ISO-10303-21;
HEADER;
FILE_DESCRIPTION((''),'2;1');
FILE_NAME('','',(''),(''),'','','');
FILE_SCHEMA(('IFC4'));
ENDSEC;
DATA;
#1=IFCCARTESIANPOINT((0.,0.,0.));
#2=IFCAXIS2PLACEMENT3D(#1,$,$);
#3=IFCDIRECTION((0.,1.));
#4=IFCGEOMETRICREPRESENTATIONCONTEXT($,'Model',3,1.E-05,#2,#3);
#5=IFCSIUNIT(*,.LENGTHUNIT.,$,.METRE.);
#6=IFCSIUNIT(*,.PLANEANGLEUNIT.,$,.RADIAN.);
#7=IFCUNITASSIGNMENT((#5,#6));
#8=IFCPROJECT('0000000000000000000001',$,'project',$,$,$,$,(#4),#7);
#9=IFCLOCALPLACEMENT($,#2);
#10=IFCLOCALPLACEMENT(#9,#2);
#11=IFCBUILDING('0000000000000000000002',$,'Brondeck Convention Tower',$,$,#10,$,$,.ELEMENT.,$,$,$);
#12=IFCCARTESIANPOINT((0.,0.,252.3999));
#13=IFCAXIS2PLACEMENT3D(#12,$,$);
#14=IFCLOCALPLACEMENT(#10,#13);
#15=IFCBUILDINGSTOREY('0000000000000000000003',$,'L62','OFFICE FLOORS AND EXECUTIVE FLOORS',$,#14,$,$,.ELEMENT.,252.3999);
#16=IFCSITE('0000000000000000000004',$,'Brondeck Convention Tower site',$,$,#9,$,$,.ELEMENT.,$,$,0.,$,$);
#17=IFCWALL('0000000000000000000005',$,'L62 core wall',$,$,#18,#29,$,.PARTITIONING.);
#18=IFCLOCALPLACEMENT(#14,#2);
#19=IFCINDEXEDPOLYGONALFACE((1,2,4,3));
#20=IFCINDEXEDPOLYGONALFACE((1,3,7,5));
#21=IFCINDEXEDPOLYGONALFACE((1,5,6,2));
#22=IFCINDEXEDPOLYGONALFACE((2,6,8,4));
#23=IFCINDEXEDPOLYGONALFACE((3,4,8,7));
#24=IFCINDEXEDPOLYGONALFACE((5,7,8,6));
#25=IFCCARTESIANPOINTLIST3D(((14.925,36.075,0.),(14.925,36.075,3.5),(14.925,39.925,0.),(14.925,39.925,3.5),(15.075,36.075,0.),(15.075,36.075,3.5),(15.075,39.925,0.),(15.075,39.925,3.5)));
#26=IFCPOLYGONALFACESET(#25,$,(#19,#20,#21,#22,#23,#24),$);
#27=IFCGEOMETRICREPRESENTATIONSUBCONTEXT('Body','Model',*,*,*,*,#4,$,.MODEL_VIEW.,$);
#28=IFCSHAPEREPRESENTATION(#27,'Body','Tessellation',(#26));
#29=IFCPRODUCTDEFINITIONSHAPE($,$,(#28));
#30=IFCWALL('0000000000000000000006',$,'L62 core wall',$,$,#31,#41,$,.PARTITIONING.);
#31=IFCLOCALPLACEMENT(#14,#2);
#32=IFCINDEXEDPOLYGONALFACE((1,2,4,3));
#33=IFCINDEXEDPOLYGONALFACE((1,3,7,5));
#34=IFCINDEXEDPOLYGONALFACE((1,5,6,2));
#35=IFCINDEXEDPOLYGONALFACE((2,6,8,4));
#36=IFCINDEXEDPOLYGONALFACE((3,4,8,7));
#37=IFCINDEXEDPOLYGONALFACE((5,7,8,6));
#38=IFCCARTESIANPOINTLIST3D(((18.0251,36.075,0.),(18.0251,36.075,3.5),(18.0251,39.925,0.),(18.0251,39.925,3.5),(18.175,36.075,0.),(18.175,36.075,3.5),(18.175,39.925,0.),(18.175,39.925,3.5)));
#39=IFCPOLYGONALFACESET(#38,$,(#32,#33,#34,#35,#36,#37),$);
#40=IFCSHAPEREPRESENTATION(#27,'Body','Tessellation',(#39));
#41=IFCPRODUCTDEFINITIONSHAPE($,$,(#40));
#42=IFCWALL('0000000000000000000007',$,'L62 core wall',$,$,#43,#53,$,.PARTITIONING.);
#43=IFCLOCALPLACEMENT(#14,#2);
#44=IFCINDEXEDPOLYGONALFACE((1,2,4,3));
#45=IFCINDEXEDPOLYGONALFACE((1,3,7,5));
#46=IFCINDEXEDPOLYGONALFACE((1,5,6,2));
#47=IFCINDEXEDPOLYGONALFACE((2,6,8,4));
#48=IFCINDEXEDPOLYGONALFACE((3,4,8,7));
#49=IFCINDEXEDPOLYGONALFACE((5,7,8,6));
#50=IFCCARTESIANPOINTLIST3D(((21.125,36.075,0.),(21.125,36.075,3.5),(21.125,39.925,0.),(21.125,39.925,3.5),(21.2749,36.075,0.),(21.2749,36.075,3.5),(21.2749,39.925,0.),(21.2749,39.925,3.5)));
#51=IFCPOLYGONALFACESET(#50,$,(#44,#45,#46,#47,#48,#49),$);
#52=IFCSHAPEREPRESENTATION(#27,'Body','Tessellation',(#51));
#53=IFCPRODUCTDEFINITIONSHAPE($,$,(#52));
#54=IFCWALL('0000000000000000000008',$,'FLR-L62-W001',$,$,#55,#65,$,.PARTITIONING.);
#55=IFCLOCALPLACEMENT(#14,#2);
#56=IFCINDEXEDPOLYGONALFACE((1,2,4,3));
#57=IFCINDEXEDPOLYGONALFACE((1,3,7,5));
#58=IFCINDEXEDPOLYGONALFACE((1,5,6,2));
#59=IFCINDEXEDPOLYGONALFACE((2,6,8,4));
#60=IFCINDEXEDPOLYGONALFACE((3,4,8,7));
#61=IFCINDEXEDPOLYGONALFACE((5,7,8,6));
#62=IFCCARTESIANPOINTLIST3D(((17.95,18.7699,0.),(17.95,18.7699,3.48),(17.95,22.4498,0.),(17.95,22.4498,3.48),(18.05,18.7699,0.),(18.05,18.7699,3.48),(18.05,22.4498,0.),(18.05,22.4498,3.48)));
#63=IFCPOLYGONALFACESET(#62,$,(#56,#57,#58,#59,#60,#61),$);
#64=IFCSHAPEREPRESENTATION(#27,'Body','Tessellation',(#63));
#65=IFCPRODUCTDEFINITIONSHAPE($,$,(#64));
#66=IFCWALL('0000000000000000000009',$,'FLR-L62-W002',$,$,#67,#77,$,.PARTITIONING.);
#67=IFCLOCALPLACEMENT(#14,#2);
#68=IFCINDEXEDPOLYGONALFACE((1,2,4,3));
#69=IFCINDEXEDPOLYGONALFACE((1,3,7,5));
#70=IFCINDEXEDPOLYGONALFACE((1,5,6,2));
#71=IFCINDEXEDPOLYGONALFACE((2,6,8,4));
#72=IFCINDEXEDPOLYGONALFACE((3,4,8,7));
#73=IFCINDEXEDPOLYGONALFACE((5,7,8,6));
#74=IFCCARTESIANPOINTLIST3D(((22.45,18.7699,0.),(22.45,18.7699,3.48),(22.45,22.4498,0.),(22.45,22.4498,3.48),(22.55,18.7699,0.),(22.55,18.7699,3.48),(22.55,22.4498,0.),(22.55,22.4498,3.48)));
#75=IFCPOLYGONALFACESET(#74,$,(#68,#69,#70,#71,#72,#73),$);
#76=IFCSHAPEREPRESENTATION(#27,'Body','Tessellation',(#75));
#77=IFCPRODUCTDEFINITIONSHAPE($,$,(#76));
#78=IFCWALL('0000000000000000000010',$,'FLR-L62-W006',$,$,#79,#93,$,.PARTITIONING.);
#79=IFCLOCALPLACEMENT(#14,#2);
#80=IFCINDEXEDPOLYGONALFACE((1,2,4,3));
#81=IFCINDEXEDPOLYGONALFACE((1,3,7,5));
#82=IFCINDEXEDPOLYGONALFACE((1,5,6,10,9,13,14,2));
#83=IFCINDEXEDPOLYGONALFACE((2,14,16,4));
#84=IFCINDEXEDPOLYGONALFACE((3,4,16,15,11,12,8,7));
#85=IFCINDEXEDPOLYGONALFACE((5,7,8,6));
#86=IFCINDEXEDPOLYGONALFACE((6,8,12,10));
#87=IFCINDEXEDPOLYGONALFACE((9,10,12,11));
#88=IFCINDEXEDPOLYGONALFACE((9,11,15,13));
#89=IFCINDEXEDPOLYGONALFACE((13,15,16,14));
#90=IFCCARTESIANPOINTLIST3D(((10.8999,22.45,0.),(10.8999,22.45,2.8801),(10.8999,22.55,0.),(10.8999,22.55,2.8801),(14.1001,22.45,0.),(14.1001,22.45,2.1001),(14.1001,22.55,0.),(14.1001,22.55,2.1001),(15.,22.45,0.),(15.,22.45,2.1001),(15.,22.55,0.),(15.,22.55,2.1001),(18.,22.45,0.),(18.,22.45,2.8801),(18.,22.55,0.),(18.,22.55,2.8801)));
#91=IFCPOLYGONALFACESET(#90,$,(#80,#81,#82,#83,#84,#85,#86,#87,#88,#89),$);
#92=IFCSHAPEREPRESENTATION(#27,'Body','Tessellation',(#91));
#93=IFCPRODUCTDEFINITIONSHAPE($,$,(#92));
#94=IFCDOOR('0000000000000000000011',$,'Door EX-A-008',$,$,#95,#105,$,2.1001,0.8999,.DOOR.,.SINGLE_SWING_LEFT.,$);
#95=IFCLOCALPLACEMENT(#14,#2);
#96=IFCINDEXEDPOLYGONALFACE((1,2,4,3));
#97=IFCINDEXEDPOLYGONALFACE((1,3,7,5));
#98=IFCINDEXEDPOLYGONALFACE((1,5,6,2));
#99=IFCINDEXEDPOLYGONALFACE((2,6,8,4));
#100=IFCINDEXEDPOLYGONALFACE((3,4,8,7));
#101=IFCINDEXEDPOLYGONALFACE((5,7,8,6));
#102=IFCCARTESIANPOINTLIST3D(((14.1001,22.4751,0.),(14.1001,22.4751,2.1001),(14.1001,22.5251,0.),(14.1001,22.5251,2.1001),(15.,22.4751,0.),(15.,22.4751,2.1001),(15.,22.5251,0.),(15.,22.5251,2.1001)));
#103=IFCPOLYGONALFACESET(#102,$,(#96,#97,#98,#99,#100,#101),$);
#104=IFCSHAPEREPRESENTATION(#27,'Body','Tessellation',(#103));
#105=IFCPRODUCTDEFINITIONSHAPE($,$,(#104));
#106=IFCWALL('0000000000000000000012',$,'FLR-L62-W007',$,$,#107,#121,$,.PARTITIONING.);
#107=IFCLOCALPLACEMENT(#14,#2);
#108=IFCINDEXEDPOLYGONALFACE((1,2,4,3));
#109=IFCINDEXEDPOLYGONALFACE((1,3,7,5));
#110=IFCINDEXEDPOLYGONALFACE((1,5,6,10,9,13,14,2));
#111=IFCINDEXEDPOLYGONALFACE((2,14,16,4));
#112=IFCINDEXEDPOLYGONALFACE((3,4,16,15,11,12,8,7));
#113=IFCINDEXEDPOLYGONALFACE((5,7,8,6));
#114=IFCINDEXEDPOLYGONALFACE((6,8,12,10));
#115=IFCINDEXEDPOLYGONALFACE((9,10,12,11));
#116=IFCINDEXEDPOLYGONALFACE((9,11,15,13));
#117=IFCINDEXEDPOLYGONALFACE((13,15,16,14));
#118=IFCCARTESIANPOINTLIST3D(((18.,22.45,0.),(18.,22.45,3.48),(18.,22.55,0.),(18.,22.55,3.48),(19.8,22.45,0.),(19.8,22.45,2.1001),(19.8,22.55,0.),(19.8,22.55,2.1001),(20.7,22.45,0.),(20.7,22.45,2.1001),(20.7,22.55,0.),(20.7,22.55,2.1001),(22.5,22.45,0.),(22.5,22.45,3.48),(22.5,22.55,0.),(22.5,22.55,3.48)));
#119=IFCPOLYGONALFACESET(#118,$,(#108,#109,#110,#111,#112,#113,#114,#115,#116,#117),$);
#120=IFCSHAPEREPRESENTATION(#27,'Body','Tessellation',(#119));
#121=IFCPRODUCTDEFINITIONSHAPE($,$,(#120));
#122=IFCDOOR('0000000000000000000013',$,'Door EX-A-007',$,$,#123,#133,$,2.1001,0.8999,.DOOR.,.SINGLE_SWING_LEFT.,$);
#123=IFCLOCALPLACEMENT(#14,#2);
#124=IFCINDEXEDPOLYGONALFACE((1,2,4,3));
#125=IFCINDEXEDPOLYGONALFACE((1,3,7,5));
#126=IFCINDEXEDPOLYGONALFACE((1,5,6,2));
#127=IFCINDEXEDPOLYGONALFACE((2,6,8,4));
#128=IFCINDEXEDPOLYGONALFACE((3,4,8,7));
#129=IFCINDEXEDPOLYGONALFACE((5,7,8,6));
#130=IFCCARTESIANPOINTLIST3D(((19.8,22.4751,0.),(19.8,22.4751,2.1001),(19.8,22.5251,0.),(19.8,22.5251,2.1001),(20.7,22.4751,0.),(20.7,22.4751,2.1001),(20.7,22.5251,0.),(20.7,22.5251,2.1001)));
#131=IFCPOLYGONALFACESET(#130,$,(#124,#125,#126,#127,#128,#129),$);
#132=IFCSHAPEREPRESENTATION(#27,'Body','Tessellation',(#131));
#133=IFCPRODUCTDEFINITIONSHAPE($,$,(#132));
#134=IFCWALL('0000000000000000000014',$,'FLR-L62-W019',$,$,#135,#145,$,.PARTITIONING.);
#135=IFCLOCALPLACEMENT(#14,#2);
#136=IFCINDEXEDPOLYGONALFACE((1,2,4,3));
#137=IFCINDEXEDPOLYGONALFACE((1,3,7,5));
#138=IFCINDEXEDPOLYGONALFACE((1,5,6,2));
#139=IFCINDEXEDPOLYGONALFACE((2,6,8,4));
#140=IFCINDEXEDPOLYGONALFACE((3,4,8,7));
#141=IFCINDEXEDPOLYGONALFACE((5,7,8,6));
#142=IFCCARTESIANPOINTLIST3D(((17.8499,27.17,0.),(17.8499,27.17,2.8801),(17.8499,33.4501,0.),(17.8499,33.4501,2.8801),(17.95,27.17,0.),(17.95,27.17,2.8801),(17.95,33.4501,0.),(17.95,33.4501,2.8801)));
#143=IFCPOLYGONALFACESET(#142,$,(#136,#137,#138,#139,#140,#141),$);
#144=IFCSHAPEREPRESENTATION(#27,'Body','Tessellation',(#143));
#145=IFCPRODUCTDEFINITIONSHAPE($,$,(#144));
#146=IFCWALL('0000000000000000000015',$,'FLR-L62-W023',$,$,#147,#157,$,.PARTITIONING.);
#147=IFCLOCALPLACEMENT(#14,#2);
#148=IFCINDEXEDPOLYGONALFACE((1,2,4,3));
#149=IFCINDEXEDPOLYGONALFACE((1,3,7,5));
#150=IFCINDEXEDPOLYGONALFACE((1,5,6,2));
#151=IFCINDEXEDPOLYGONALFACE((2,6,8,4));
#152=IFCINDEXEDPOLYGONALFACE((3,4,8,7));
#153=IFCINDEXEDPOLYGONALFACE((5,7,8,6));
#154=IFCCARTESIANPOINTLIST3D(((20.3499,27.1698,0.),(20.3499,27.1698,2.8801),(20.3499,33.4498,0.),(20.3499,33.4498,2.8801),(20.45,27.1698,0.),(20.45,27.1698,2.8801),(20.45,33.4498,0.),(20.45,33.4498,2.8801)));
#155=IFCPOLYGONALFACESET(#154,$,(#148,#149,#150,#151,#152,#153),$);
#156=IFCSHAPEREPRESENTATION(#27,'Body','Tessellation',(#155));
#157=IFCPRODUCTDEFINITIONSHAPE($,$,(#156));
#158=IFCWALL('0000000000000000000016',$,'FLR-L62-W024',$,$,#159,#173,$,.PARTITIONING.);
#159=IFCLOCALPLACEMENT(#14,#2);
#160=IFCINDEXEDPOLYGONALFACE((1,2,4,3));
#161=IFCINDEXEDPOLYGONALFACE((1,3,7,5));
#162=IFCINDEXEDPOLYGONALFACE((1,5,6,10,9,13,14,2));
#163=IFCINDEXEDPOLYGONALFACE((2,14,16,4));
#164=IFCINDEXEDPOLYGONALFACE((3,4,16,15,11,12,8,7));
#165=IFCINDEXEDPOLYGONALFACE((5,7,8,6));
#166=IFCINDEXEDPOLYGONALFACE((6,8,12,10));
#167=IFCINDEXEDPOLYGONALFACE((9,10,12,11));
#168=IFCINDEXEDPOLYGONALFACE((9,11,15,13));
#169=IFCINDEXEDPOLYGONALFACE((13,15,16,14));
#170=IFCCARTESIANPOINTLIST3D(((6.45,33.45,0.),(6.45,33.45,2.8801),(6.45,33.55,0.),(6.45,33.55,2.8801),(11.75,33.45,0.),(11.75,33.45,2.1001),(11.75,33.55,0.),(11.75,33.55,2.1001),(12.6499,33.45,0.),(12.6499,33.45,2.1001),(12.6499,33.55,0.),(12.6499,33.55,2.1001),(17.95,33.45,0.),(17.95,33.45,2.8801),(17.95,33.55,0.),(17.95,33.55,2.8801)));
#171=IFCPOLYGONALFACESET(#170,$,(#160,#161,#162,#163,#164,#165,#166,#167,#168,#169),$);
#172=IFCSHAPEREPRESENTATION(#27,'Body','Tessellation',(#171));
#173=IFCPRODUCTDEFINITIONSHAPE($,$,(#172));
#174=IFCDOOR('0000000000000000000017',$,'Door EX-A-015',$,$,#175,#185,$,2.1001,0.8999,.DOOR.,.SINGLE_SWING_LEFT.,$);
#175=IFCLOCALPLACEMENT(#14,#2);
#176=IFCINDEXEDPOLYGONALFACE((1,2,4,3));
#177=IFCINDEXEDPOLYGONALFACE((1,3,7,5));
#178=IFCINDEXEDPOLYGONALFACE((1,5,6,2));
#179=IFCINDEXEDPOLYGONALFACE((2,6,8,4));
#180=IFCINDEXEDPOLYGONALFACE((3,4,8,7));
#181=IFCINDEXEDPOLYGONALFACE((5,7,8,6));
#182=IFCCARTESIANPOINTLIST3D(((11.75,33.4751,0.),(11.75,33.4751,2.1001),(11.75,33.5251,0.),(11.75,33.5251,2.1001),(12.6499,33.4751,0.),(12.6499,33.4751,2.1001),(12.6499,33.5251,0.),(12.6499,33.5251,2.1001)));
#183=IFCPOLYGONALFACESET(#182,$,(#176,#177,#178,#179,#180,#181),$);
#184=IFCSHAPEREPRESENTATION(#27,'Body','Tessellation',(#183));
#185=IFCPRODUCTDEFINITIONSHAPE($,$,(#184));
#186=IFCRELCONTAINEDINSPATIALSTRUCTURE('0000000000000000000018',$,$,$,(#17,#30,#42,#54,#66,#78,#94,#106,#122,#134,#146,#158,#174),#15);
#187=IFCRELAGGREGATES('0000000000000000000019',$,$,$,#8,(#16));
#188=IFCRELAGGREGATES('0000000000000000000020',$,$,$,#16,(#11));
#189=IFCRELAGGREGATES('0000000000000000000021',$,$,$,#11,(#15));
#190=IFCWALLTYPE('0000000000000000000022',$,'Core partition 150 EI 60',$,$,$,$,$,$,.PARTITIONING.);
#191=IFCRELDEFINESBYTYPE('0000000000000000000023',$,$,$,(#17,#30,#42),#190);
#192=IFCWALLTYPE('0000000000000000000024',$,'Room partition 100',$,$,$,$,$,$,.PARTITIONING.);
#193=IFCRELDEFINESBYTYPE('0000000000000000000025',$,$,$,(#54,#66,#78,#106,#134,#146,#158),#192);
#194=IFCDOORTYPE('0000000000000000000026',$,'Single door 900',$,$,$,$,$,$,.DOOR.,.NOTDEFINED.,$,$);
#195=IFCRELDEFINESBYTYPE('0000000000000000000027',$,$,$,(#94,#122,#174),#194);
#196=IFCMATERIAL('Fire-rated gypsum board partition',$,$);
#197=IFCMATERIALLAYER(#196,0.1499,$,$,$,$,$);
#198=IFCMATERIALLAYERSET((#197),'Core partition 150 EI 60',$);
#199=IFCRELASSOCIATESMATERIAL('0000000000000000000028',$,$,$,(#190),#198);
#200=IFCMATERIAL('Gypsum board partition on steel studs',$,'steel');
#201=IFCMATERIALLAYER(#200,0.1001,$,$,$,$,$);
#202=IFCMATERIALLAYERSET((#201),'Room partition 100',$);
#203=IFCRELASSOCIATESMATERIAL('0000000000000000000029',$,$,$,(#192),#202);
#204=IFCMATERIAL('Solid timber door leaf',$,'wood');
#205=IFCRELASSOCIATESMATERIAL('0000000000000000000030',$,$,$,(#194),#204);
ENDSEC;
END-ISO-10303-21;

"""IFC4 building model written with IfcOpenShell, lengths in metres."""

from ifc_helpers import new_model, si_unit, direction, frame, frame_2d, origin, place, context, subcontext, project, spatial, rectangle, extrude, material, layer, layer_set, type_object, element, fill, save


model = new_model("IFC4")

# Units and contexts
model_context = context("Model", 3, precision=1e-05, world=origin(), true_north=direction((0.0, 1.0)))
body_context = subcontext(model_context, "Body", "Model", "MODEL_VIEW")
ifc_project = project(units=[si_unit("LENGTHUNIT", "METRE"), si_unit("PLANEANGLEUNIT", "RADIAN")], contexts=[model_context])

# Site, building, storey
site_placement = place(None, origin())
site = spatial("IfcSite", under=ifc_project, at=site_placement, Name="Brondeck Convention Tower site", CompositionType="ELEMENT", RefElevation=0.0)
building_placement = place(site_placement, origin())
building = spatial("IfcBuilding", under=site, at=building_placement, Name="Brondeck Convention Tower", CompositionType="ELEMENT")
storey_placement = place(building_placement, frame((0.0, 0.0, 252.3999)))
storey = spatial("IfcBuildingStorey", under=building, at=storey_placement, Name="L62", Description="OFFICE FLOORS AND EXECUTIVE FLOORS", CompositionType="ELEMENT", Elevation=252.3999)

# Walls
ifc_material_1 = material(Name="Fire-rated gypsum board partition")
ifc_layer_1 = layer(ifc_material_1, 0.1499)
ifc_layer_set_1 = layer_set([ifc_layer_1], Name="Core partition 150 EI 60")
wall_type_1 = type_object("IfcWallType", Name="Core partition 150 EI 60", PredefinedType="PARTITIONING", material=ifc_layer_set_1)
for number, where, z_axis, x_axis, name in (
    (1, (15.0, 36.075, 0.0), (0.0, 0.0, 1.0), (0.0, 1.0, 0.0), "L62 core wall"),
    (2, (18.1001, 36.075, 0.0), (0.0, 0.0, 1.0), (0.0, 1.0, 0.0), "L62 core wall"),
    (3, (21.2, 36.075, 0.0), (0.0, 0.0, 1.0), (0.0, 1.0, 0.0), "L62 core wall"),
):
    element("IfcWall", number, at=place(storey_placement, frame(where, z_axis=z_axis, x_axis=x_axis)), inside=storey, type_object=wall_type_1, Name=name, PredefinedType="PARTITIONING", context=body_context, shape_type="SweptSolid", body=[
        extrude(rectangle(XDim=3.8501, YDim=0.1499, at=frame_2d((1.925, 0.0))), origin(), (0.0, 0.0, 1.0), 3.5),
    ])
ifc_material_2 = material(Name="Gypsum board partition on steel studs", Category="steel")
ifc_layer_2 = layer(ifc_material_2, 0.1001)
ifc_layer_set_2 = layer_set([ifc_layer_2], Name="Room partition 100")
wall_type_2 = type_object("IfcWallType", Name="Room partition 100", PredefinedType="PARTITIONING", material=ifc_layer_set_2)
for number, where, z_axis, x_axis, name in (
    (4, (18.0, 18.77, 0.0), (0.0, 0.0, 1.0), (0.0, 1.0, 0.0), "FLR-L62-W001"),
    (5, (22.5, 18.77, 0.0), (0.0, 0.0, 1.0), (0.0, 1.0, 0.0), "FLR-L62-W002"),
):
    element("IfcWall", number, at=place(storey_placement, frame(where, z_axis=z_axis, x_axis=x_axis)), inside=storey, type_object=wall_type_2, Name=name, PredefinedType="PARTITIONING", context=body_context, shape_type="SweptSolid", body=[
        extrude(rectangle(XDim=3.6799, YDim=0.1001, at=frame_2d((1.8398, 0.0))), origin(), (0.0, 0.0, 1.0), 3.48),
    ])

# Walls, openings, doors
wall_1_placement = place(storey_placement, frame((18.0, 22.5, 0.0), z_axis=(0.0, 0.0, 1.0), x_axis=(-1.0, 0.0, 0.0)))
wall_1 = element("IfcWall", 6, at=wall_1_placement, inside=storey, type_object=wall_type_2, Name="FLR-L62-W006", PredefinedType="PARTITIONING", context=body_context, shape_type="SweptSolid", body=[
    extrude(rectangle(XDim=7.1001, YDim=0.1001, at=frame_2d((3.55, 0.0))), origin(), (0.0, 0.0, 1.0), 2.8801),
])
opening_1_placement = place(wall_1_placement, frame((3.0, 0.0, 0.0)))
opening_1 = element("IfcOpeningElement", 7, at=opening_1_placement, cuts=wall_1, PredefinedType="OPENING", context=body_context, shape_type="SweptSolid", body=[
    extrude(rectangle(XDim=0.8999, YDim=2.1001, at=frame_2d((0.45, 1.05))), frame((0.0, 0.0601, 0.0), z_axis=(0.0, -1.0, 0.0), x_axis=(1.0, 0.0, 0.0)), (0.0, 0.0, 1.0), 0.1201),
])
ifc_material_3 = material(Name="Solid timber door leaf", Category="wood")
door_type_1 = type_object("IfcDoorType", Name="Single door 900", OperationType="NOTDEFINED", PredefinedType="DOOR", material=ifc_material_3)
door_1_placement = place(opening_1_placement, origin())
door_1 = element("IfcDoor", 8, at=door_1_placement, inside=storey, type_object=door_type_1, Name="Door EX-A-008", OperationType="SINGLE_SWING_LEFT", OverallHeight=2.1001, OverallWidth=0.8999, PredefinedType="DOOR", context=body_context, shape_type="SweptSolid", body=[
    extrude(rectangle(XDim=0.8999, YDim=2.1001, at=frame_2d((0.45, 1.05))), frame((0.0, 0.0249, 0.0), z_axis=(0.0, -1.0, 0.0), x_axis=(1.0, 0.0, 0.0)), (0.0, 0.0, 1.0), 0.05),
])
fill(opening_1, door_1)
wall_2_placement = place(storey_placement, frame((22.5, 22.5, 0.0), z_axis=(0.0, 0.0, 1.0), x_axis=(-1.0, 0.0, 0.0)))
wall_2 = element("IfcWall", 9, at=wall_2_placement, inside=storey, type_object=wall_type_2, Name="FLR-L62-W007", PredefinedType="PARTITIONING", context=body_context, shape_type="SweptSolid", body=[
    extrude(rectangle(XDim=4.5, YDim=0.1001, at=frame_2d((2.25, 0.0))), origin(), (0.0, 0.0, 1.0), 3.48),
])
opening_2_placement = place(wall_2_placement, frame((1.8, 0.0, 0.0)))
opening_2 = element("IfcOpeningElement", 10, at=opening_2_placement, cuts=wall_2, PredefinedType="OPENING", context=body_context, shape_type="SweptSolid", body=[
    extrude(rectangle(XDim=0.8999, YDim=2.1001, at=frame_2d((0.45, 1.05))), frame((0.0, 0.0601, 0.0), z_axis=(0.0, -1.0, 0.0), x_axis=(1.0, 0.0, 0.0)), (0.0, 0.0, 1.0), 0.1201),
])
door_2_placement = place(opening_2_placement, origin())
door_2 = element("IfcDoor", 11, at=door_2_placement, inside=storey, type_object=door_type_1, Name="Door EX-A-007", OperationType="SINGLE_SWING_LEFT", OverallHeight=2.1001, OverallWidth=0.8999, PredefinedType="DOOR", context=body_context, shape_type="SweptSolid", body=[
    extrude(rectangle(XDim=0.8999, YDim=2.1001, at=frame_2d((0.45, 1.05))), frame((0.0, 0.0249, 0.0), z_axis=(0.0, -1.0, 0.0), x_axis=(1.0, 0.0, 0.0)), (0.0, 0.0, 1.0), 0.05),
])
fill(opening_2, door_2)

# Walls
for number, where, z_axis, x_axis, name in (
    (12, (17.8999, 27.1699, 0.0), (0.0, 0.0, 1.0), (0.0, 1.0, 0.0), "FLR-L62-W019"),
    (13, (20.3999, 33.45, 0.0), (0.0, 0.0, 1.0), (0.0, -1.0, 0.0), "FLR-L62-W023"),
):
    element("IfcWall", number, at=place(storey_placement, frame(where, z_axis=z_axis, x_axis=x_axis)), inside=storey, type_object=wall_type_2, Name=name, PredefinedType="PARTITIONING", context=body_context, shape_type="SweptSolid", body=[
        extrude(rectangle(XDim=6.28, YDim=0.1001, at=frame_2d((3.1401, 0.0))), origin(), (0.0, 0.0, 1.0), 2.8801),
    ])

# Wall, opening, door
wall_3_placement = place(storey_placement, frame((17.95, 33.5, 0.0), z_axis=(0.0, 0.0, 1.0), x_axis=(-1.0, 0.0, 0.0)))
wall_3 = element("IfcWall", 14, at=wall_3_placement, inside=storey, type_object=wall_type_2, Name="FLR-L62-W024", PredefinedType="PARTITIONING", context=body_context, shape_type="SweptSolid", body=[
    extrude(rectangle(XDim=11.5, YDim=0.1001, at=frame_2d((5.75, 0.0))), origin(), (0.0, 0.0, 1.0), 2.8801),
])
opening_3_placement = place(wall_3_placement, frame((5.3, 0.0, 0.0)))
opening_3 = element("IfcOpeningElement", 15, at=opening_3_placement, cuts=wall_3, PredefinedType="OPENING", context=body_context, shape_type="SweptSolid", body=[
    extrude(rectangle(XDim=0.8999, YDim=2.1001, at=frame_2d((0.45, 1.05))), frame((0.0, 0.0601, 0.0), z_axis=(0.0, -1.0, 0.0), x_axis=(1.0, 0.0, 0.0)), (0.0, 0.0, 1.0), 0.1201),
])
door_3_placement = place(opening_3_placement, origin())
door_3 = element("IfcDoor", 16, at=door_3_placement, inside=storey, type_object=door_type_1, Name="Door EX-A-015", OperationType="SINGLE_SWING_LEFT", OverallHeight=2.1001, OverallWidth=0.8999, PredefinedType="DOOR", context=body_context, shape_type="SweptSolid", body=[
    extrude(rectangle(XDim=0.8999, YDim=2.1001, at=frame_2d((0.45, 1.05))), frame((0.0, 0.0249, 0.0), z_axis=(0.0, -1.0, 0.0), x_axis=(1.0, 0.0, 0.0)), (0.0, 0.0, 1.0), 0.05),
])
fill(opening_3, door_3)

save(model, "model.ifc")
